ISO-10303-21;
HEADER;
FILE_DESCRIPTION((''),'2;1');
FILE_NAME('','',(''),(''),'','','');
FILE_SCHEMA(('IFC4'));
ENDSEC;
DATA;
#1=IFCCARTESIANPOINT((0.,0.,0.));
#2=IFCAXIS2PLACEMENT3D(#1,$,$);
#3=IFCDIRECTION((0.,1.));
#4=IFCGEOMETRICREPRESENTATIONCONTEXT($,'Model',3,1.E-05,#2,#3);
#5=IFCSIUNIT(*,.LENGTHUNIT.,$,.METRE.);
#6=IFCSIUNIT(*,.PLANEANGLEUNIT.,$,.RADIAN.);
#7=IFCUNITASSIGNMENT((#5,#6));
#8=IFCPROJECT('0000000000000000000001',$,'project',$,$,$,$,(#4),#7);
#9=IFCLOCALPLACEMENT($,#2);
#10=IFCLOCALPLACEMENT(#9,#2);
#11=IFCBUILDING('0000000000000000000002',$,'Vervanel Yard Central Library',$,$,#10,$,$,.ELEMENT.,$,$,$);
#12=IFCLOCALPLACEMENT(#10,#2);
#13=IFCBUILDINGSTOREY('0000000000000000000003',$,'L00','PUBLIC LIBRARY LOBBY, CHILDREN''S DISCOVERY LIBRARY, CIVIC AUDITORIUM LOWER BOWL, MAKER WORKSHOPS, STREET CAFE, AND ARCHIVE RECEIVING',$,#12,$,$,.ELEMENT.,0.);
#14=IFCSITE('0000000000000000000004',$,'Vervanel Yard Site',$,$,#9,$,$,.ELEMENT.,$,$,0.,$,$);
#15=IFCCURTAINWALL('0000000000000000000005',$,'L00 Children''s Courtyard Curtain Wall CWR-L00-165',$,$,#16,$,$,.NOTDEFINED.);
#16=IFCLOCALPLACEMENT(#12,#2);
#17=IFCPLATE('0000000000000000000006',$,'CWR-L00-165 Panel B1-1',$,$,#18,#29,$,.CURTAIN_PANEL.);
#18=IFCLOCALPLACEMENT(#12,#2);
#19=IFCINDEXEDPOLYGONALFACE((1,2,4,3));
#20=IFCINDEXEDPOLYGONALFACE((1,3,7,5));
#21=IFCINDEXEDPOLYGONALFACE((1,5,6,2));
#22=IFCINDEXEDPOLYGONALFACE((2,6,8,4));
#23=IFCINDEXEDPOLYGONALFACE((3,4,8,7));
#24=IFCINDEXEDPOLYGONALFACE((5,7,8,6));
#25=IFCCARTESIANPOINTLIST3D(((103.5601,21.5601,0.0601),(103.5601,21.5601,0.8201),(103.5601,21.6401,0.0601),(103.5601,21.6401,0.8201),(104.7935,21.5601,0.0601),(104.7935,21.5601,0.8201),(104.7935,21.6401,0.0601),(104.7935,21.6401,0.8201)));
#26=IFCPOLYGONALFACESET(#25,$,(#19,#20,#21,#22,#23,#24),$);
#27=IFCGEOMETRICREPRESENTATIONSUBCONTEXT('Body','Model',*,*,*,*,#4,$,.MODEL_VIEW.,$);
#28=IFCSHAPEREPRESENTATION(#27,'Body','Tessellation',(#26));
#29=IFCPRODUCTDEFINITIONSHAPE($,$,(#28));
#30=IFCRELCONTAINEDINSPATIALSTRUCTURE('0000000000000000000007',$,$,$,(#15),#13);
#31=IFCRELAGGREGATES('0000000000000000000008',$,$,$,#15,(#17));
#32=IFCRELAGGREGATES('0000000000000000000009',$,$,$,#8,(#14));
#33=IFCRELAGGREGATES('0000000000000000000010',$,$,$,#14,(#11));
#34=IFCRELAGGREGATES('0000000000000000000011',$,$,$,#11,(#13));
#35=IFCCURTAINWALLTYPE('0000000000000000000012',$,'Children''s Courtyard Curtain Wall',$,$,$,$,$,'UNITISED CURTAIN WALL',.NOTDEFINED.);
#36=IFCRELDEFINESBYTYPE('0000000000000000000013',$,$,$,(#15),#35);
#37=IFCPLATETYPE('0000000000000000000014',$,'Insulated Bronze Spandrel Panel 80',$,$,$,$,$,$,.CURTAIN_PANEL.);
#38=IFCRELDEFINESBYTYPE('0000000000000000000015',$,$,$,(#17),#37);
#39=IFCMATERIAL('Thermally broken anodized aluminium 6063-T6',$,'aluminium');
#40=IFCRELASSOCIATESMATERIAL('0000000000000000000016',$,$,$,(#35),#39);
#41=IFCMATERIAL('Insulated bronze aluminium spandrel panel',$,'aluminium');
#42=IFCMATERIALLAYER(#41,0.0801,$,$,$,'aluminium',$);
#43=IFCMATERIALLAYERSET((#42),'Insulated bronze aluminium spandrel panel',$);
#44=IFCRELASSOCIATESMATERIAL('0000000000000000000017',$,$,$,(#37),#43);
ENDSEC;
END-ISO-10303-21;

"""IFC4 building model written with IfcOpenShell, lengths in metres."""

from ifc_helpers import new_model, si_unit, direction, frame, origin, origin_2d, place, context, subcontext, project, spatial, rectangle, extrude, material, layer, layer_set, type_object, element, aggregate, save


model = new_model("IFC4")

# Units and contexts
model_context = context("Model", 3, precision=1e-05, world=origin(), true_north=direction((0.0, 1.0)))
body_context = subcontext(model_context, "Body", "Model", "MODEL_VIEW")
ifc_project = project(units=[si_unit("LENGTHUNIT", "METRE"), si_unit("PLANEANGLEUNIT", "RADIAN")], contexts=[model_context])

# Site, building, storey
site_placement = place(None, origin())
site = spatial("IfcSite", under=ifc_project, at=site_placement, Name="Vervanel Yard Site", CompositionType="ELEMENT", RefElevation=0.0)
building_placement = place(site_placement, origin())
building = spatial("IfcBuilding", under=site, at=building_placement, Name="Vervanel Yard Central Library", CompositionType="ELEMENT")
storey_placement = place(building_placement, origin())
storey = spatial("IfcBuildingStorey", under=building, at=storey_placement, Name="L00", Description="PUBLIC LIBRARY LOBBY, CHILDREN'S DISCOVERY LIBRARY, CIVIC AUDITORIUM LOWER BOWL, MAKER WORKSHOPS, STREET CAFE, AND ARCHIVE RECEIVING", CompositionType="ELEMENT", Elevation=0.0)

# Shared definitions
ifc_material_1 = material(Name="Thermally broken anodized aluminium 6063-T6", Category="aluminium")
curtain_wall_type = type_object("IfcCurtainWallType", Name="Children's Courtyard Curtain Wall", ElementType="UNITISED CURTAIN WALL", PredefinedType="NOTDEFINED", material=ifc_material_1)

# Curtain wall
curtain_wall_1_placement = place(storey_placement, origin())
curtain_wall_1 = element("IfcCurtainWall", 1, at=curtain_wall_1_placement, inside=storey, type_object=curtain_wall_type, Name="L00 Children's Courtyard Curtain Wall CWR-L00-165", PredefinedType="NOTDEFINED")

# Plate
ifc_material_2 = material(Name="Insulated bronze aluminium spandrel panel", Category="aluminium")
ifc_layer_1 = layer(ifc_material_2, 0.0801, Category="aluminium")
ifc_layer_set_1 = layer_set([ifc_layer_1], Name="Insulated bronze aluminium spandrel panel")
plate_type_1 = type_object("IfcPlateType", Name="Insulated Bronze Spandrel Panel 80", PredefinedType="CURTAIN_PANEL", material=ifc_layer_set_1)
plate_1_placement = place(storey_placement, frame((104.1768, 21.6001, 0.0601), z_axis=(0.0, 0.0, 1.0), x_axis=(1.0, 0.0, 0.0)))
plate_1 = element("IfcPlate", 2, at=plate_1_placement, type_object=plate_type_1, Name="CWR-L00-165 Panel B1-1", PredefinedType="CURTAIN_PANEL", context=body_context, shape_type="SweptSolid", body=[
    extrude(rectangle(XDim=1.2334, YDim=0.0801, at=origin_2d()), origin(), (0.0, 0.0, 1.0), 0.76),
])
aggregate(curtain_wall_1, [plate_1])

save(model, "model.ifc")
